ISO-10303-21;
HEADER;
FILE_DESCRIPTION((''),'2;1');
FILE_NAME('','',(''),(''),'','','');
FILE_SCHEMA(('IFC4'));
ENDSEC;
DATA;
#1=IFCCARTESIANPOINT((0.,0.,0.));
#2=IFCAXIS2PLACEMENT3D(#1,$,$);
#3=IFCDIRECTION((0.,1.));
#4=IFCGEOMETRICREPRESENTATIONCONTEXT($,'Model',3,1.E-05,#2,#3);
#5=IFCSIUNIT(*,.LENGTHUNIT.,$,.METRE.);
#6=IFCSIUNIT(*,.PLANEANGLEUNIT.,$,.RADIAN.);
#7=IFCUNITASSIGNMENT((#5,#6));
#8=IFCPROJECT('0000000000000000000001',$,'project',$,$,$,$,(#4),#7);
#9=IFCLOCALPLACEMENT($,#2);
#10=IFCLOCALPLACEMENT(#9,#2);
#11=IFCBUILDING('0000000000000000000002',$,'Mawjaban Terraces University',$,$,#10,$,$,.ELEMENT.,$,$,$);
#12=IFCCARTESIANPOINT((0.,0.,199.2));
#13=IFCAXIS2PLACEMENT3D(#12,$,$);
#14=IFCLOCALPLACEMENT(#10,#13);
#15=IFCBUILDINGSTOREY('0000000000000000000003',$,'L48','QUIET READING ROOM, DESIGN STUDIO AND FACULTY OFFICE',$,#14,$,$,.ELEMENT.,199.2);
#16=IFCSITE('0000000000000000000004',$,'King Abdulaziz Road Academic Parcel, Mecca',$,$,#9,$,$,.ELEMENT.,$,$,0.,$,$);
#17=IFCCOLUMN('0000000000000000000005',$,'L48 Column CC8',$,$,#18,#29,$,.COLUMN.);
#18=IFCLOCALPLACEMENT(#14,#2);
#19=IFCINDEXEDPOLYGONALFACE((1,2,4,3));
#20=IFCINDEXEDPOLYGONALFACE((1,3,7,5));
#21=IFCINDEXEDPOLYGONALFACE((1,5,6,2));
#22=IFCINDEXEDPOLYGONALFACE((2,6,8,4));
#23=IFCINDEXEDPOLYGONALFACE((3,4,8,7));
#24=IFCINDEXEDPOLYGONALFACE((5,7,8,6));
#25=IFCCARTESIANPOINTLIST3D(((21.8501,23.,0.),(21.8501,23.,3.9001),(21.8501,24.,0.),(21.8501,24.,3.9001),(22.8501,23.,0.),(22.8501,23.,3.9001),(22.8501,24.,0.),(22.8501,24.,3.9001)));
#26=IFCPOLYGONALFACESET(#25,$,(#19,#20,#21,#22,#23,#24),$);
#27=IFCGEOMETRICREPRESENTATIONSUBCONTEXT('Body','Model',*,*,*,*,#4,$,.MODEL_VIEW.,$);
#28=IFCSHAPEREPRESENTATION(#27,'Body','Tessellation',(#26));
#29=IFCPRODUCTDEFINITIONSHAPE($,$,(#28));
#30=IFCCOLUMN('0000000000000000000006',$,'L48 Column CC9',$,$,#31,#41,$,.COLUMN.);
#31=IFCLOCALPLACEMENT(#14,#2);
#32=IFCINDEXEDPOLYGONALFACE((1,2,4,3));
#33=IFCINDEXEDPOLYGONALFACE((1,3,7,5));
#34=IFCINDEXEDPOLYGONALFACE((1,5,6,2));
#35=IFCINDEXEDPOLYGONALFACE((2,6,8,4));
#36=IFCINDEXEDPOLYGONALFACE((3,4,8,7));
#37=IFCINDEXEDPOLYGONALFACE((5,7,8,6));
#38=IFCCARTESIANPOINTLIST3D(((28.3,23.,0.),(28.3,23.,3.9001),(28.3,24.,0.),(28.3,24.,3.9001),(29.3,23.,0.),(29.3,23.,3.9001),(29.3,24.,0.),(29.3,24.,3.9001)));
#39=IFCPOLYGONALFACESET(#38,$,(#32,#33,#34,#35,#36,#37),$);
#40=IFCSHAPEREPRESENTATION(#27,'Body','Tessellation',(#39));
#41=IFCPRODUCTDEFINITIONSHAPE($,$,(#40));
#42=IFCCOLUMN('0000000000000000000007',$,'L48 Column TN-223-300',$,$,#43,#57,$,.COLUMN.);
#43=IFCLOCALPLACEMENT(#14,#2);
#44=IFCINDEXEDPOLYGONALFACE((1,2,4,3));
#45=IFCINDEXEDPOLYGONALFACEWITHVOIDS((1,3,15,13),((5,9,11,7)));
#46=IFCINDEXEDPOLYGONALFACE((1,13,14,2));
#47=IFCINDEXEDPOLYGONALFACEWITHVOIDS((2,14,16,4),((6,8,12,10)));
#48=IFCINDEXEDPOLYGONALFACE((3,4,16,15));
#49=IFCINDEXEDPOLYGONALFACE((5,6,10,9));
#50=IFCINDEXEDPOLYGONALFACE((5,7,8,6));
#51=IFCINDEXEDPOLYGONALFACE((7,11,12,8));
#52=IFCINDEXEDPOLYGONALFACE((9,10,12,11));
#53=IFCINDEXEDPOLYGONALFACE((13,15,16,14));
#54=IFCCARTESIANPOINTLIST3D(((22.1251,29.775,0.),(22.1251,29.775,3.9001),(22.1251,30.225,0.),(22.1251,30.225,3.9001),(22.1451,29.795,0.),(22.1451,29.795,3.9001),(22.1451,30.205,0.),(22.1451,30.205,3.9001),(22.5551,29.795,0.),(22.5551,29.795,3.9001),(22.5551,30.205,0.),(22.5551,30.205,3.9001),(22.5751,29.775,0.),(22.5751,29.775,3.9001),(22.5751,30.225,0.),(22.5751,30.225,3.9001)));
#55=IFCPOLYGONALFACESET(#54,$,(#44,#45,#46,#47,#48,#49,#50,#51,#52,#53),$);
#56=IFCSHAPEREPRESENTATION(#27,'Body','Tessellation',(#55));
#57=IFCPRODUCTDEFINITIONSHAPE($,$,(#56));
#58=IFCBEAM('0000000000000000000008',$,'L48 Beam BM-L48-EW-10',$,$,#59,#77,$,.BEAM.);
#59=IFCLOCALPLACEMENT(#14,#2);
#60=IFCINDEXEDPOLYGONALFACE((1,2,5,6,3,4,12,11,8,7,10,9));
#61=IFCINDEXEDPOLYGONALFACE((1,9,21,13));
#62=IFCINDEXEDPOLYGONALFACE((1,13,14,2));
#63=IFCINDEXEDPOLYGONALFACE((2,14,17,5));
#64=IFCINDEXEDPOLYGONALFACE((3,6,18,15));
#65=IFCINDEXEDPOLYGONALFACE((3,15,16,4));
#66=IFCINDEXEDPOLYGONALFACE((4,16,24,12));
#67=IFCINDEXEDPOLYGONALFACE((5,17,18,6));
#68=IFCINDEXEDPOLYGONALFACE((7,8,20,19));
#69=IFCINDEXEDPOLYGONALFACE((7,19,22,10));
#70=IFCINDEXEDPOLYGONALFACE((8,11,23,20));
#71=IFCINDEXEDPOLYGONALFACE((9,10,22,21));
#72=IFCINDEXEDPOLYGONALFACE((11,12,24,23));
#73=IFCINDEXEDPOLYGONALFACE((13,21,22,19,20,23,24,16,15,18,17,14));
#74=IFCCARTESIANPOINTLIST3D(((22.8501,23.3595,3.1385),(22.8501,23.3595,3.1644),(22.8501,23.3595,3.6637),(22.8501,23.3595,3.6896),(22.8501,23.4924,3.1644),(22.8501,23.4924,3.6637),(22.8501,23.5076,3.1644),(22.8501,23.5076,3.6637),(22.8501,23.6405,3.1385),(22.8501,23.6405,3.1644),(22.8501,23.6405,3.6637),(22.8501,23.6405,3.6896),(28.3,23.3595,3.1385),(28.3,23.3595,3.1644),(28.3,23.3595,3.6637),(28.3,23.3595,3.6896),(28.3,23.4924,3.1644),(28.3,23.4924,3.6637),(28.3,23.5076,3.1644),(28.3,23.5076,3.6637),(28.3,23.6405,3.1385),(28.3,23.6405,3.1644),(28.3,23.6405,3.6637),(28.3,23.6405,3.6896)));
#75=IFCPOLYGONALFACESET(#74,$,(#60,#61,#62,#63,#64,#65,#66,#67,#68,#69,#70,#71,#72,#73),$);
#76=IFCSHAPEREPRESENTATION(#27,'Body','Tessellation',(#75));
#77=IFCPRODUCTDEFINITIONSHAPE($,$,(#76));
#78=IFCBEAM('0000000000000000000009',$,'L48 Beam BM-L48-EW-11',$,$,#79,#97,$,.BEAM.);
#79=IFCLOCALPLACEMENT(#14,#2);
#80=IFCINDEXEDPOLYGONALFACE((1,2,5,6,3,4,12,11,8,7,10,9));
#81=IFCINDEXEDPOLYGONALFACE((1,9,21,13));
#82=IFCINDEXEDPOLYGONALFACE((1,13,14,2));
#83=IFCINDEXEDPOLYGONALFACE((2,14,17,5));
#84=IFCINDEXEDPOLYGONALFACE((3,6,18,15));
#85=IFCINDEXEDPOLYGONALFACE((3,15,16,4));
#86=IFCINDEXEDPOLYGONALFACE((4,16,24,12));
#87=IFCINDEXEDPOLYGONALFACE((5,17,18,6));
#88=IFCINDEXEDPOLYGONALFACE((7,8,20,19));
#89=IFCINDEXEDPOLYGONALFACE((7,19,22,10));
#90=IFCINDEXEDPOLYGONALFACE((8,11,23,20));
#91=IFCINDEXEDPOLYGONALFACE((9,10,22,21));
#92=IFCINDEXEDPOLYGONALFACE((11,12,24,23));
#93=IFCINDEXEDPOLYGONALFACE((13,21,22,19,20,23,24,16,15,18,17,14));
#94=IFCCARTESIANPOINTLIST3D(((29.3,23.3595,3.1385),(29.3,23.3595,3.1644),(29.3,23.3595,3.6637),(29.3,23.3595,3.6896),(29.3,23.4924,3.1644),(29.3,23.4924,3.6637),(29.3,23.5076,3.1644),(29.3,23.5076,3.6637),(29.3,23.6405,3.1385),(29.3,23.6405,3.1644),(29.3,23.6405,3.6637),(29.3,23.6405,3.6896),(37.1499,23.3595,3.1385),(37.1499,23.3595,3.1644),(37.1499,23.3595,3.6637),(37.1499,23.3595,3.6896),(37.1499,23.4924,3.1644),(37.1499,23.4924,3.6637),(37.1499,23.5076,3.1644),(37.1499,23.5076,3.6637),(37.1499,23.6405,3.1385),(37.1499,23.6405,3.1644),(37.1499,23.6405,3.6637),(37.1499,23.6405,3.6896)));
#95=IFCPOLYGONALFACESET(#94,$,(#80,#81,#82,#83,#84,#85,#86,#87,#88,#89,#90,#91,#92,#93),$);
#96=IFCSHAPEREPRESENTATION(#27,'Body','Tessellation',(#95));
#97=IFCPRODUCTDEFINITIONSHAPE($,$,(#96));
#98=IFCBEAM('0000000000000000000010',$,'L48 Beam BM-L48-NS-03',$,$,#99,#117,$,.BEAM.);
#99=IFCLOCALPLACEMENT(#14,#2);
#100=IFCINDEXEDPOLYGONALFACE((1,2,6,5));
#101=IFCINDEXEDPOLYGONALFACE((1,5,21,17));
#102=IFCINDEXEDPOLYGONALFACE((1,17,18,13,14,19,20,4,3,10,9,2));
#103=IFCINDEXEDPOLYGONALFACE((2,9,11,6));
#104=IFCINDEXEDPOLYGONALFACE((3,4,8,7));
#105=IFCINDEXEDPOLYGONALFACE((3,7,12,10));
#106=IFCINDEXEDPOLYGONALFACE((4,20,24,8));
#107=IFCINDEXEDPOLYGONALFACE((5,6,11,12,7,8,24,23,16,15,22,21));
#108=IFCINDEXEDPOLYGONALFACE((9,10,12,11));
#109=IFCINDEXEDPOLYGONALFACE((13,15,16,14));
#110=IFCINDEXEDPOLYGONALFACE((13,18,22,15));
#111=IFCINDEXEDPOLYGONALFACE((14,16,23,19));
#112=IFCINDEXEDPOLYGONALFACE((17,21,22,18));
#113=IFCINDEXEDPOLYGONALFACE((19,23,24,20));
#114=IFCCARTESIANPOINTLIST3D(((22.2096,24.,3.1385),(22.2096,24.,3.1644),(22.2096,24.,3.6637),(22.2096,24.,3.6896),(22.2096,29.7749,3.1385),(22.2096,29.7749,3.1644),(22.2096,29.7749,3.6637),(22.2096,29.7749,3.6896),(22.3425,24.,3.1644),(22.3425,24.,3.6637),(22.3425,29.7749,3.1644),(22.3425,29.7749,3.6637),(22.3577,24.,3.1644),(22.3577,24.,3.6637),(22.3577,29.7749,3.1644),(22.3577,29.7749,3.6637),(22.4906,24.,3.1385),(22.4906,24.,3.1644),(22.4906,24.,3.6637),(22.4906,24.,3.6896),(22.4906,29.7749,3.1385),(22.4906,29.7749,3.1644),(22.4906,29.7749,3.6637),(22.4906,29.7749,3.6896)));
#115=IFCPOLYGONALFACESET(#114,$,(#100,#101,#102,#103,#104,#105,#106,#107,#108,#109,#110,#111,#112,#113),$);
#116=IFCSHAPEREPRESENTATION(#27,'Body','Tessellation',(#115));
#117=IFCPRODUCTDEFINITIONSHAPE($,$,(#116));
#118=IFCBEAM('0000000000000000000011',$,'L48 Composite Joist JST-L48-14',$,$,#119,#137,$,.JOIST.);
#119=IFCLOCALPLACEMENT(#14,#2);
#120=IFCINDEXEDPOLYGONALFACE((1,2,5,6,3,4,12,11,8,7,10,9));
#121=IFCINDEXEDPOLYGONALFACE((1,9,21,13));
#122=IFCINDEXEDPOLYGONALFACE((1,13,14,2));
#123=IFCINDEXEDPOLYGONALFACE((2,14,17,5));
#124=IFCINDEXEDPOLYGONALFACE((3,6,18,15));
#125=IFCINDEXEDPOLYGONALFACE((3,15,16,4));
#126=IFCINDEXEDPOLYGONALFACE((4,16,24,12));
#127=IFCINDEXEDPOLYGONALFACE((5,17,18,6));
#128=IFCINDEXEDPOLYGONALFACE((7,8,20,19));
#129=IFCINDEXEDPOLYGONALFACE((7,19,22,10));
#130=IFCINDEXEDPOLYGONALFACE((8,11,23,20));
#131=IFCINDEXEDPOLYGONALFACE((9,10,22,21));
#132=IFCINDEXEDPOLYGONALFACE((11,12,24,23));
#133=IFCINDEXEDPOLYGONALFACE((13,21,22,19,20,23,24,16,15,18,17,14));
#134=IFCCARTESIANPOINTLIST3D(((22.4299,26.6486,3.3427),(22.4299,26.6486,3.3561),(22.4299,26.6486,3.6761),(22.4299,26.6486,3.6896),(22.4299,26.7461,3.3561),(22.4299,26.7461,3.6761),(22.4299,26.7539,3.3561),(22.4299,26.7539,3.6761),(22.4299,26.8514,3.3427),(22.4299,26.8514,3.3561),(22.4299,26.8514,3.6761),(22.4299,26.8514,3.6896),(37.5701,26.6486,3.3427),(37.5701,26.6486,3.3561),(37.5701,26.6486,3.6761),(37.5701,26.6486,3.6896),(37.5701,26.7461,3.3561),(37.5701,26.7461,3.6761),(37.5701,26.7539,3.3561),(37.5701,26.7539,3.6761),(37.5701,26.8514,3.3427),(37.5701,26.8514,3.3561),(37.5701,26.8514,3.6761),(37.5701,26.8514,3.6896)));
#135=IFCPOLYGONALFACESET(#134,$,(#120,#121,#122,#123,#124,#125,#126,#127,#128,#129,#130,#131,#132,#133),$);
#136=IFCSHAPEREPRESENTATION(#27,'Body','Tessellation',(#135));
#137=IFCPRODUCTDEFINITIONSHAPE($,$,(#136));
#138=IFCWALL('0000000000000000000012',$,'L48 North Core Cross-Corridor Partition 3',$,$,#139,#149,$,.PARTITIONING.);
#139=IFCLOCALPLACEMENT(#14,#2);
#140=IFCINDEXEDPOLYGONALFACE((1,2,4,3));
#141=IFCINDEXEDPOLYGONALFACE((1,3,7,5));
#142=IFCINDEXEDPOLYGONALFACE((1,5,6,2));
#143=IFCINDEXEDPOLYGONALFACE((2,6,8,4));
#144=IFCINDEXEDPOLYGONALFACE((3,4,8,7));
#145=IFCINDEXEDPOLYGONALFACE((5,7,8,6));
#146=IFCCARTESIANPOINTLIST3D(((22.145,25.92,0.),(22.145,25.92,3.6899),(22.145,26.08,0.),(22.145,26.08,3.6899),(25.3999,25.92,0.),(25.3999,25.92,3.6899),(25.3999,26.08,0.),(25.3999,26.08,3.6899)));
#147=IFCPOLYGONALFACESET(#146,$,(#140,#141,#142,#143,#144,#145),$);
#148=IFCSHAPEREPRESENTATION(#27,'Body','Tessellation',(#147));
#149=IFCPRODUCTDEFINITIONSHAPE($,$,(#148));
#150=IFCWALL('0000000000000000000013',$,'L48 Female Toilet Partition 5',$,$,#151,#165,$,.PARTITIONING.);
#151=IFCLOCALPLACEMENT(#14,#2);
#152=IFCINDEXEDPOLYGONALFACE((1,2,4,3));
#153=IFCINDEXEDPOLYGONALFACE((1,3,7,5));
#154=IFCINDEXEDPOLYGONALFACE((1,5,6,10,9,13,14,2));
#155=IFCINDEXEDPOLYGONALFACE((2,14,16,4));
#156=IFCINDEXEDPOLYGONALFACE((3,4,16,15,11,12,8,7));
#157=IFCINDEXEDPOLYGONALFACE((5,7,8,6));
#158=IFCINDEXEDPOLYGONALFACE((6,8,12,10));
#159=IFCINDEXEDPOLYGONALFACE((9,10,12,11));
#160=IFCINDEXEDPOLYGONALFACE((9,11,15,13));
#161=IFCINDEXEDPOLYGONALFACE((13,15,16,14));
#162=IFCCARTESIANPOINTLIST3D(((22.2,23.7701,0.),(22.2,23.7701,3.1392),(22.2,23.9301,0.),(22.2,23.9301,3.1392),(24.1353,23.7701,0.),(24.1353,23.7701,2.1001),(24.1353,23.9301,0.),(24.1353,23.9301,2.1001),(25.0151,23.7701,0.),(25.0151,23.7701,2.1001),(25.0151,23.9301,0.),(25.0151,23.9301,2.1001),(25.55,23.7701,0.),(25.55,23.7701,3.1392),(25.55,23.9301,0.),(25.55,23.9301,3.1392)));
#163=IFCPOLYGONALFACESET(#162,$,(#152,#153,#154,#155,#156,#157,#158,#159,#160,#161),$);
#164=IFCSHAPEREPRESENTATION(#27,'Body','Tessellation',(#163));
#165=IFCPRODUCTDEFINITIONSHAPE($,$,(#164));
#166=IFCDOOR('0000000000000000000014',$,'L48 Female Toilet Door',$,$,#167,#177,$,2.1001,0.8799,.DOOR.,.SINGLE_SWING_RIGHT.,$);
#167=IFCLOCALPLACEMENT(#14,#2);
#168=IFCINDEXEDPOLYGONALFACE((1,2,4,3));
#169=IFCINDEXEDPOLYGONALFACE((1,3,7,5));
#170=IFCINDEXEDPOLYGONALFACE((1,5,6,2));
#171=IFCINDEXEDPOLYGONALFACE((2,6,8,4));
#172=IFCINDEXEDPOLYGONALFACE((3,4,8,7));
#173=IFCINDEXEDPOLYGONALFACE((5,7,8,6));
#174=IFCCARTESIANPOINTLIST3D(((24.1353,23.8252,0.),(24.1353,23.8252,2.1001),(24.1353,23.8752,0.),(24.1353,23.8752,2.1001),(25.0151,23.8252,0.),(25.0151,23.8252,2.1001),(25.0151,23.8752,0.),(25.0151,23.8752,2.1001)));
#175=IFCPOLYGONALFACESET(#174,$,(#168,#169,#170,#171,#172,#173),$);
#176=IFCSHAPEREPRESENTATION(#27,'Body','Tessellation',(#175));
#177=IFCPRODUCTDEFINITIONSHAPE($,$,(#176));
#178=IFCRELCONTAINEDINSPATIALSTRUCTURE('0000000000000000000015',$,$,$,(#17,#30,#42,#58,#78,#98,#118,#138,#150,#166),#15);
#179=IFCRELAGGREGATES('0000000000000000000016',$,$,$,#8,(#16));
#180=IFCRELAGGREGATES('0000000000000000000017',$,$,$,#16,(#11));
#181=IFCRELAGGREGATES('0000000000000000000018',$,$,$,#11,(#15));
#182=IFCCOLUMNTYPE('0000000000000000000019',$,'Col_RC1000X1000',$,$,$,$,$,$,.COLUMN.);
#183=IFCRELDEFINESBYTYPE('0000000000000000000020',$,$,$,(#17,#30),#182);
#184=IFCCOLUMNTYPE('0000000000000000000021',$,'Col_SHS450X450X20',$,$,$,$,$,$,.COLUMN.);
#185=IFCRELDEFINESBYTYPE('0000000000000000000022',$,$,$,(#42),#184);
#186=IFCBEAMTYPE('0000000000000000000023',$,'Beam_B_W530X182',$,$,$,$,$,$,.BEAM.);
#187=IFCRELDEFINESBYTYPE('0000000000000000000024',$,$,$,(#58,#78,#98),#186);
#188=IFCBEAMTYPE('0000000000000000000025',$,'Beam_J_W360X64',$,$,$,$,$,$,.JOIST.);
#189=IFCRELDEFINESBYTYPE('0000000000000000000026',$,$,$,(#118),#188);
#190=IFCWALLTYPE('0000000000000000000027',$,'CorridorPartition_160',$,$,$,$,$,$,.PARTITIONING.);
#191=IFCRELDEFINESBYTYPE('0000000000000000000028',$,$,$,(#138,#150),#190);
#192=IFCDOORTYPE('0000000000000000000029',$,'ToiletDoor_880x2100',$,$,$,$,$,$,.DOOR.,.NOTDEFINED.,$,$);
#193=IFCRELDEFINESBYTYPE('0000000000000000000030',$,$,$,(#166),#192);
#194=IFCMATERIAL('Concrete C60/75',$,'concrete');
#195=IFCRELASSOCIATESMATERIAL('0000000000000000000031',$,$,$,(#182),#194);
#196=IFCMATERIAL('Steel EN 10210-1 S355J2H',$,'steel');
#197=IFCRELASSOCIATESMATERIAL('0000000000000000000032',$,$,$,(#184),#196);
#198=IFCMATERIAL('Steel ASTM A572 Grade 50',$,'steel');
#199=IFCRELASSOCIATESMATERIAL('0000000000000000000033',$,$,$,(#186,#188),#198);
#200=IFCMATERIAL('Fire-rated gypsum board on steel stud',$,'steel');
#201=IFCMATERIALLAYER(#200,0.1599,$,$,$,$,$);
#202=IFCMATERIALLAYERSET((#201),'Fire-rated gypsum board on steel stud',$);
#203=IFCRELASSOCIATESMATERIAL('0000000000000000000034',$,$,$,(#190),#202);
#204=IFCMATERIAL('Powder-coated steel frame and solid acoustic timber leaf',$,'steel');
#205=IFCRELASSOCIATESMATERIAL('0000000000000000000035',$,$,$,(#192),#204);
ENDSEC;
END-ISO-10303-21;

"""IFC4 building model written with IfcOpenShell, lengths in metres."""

from ifc_helpers import new_model, si_unit, direction, frame, frame_2d, origin, origin_2d, place, context, subcontext, project, spatial, rectangle, hollow_rectangle, i_section, extrude, material, layer, layer_set, material_profile, profile_set, type_object, element, fill, save


model = new_model("IFC4")

# Units and contexts
model_context = context("Model", 3, precision=1e-05, world=origin(), true_north=direction((0.0, 1.0)))
body_context = subcontext(model_context, "Body", "Model", "MODEL_VIEW")
ifc_project = project(units=[si_unit("LENGTHUNIT", "METRE"), si_unit("PLANEANGLEUNIT", "RADIAN")], contexts=[model_context])

# Site, building, storey
site_placement = place(None, origin())
site = spatial("IfcSite", under=ifc_project, at=site_placement, Name="King Abdulaziz Road Academic Parcel, Mecca", CompositionType="ELEMENT", RefElevation=0.0)
building_placement = place(site_placement, origin())
building = spatial("IfcBuilding", under=site, at=building_placement, Name="Mawjaban Terraces University", CompositionType="ELEMENT")
storey_placement = place(building_placement, frame((0.0, 0.0, 199.2)))
storey = spatial("IfcBuildingStorey", under=building, at=storey_placement, Name="L48", Description="QUIET READING ROOM, DESIGN STUDIO AND FACULTY OFFICE", CompositionType="ELEMENT", Elevation=199.2)

# Columns
ifc_material_1 = material(Name="Concrete C60/75", Category="concrete")
ifc_material_profile_1 = material_profile(ifc_material_1, rectangle(XDim=1.0, YDim=1.0, at=origin_2d()), Name="RC1000X1000")
ifc_profile_set_1 = profile_set([ifc_material_profile_1], Name="Concrete C60/75")
column_type_1 = type_object("IfcColumnType", Name="Col_RC1000X1000", PredefinedType="COLUMN", material=ifc_profile_set_1)
for number, where, z_axis, x_axis, name in (
    (1, (22.3501, 23.5, 0.0), (0.0, 0.0, 1.0), (1.0, 0.0, 0.0), "L48 Column CC8"),
    (2, (28.8, 23.5, 0.0), (0.0, 0.0, 1.0), (1.0, 0.0, 0.0), "L48 Column CC9"),
):
    element("IfcColumn", number, at=place(storey_placement, frame(where, z_axis=z_axis, x_axis=x_axis)), inside=storey, type_object=column_type_1, Name=name, PredefinedType="COLUMN", context=body_context, shape_type="SweptSolid", body=[
        extrude(rectangle(XDim=1.0, YDim=1.0, at=origin_2d()), origin(), (0.0, 0.0, 1.0), 3.9001),
    ])
ifc_material_2 = material(Name="Steel EN 10210-1 S355J2H", Category="steel")
ifc_material_profile_2 = material_profile(ifc_material_2, hollow_rectangle(XDim=0.45, YDim=0.45, WallThickness=0.02, at=origin_2d()), Name="SHS450X450X20")
ifc_profile_set_2 = profile_set([ifc_material_profile_2], Name="Steel EN 10210-1 S355J2H")
column_type_2 = type_object("IfcColumnType", Name="Col_SHS450X450X20", PredefinedType="COLUMN", material=ifc_profile_set_2)
column_placement = place(storey_placement, frame((22.3501, 30.0, 0.0), z_axis=(0.0, 0.0, 1.0), x_axis=(1.0, 0.0, 0.0)))
element("IfcColumn", 3, at=column_placement, inside=storey, type_object=column_type_2, Name="L48 Column TN-223-300", PredefinedType="COLUMN", context=body_context, shape_type="SweptSolid", body=[
    extrude(hollow_rectangle(XDim=0.45, YDim=0.45, WallThickness=0.02, at=origin_2d()), origin(), (0.0, 0.0, 1.0), 3.9001),
])

# Beams
ifc_material_3 = material(Name="Steel ASTM A572 Grade 50", Category="steel")
ifc_material_profile_3 = material_profile(ifc_material_3, i_section(OverallWidth=0.281, OverallDepth=0.551, WebThickness=0.0151, FlangeThickness=0.0259, at=origin_2d()), Name="W530X182")
ifc_profile_set_3 = profile_set([ifc_material_profile_3], Name="Steel ASTM A572 Grade 50")
beam_type_1 = type_object("IfcBeamType", Name="Beam_B_W530X182", PredefinedType="BEAM", material=ifc_profile_set_3)
beam_1_placement = place(storey_placement, frame((22.8501, 23.5, 3.4141), z_axis=(1.0, 0.0, 0.0), x_axis=(0.0, 1.0, 0.0)))
element("IfcBeam", 4, at=beam_1_placement, inside=storey, type_object=beam_type_1, Name="L48 Beam BM-L48-EW-10", PredefinedType="BEAM", context=body_context, shape_type="SweptSolid", body=[
    extrude(i_section(OverallWidth=0.281, OverallDepth=0.551, WebThickness=0.0151, FlangeThickness=0.0259, at=origin_2d()), origin(), (0.0, 0.0, 1.0), 5.45),
])
beam_2_placement = place(storey_placement, frame((29.3, 23.5, 3.4141), z_axis=(1.0, 0.0, 0.0), x_axis=(0.0, 1.0, 0.0)))
element("IfcBeam", 5, at=beam_2_placement, inside=storey, type_object=beam_type_1, Name="L48 Beam BM-L48-EW-11", PredefinedType="BEAM", context=body_context, shape_type="SweptSolid", body=[
    extrude(i_section(OverallWidth=0.281, OverallDepth=0.551, WebThickness=0.0151, FlangeThickness=0.0259, at=origin_2d()), origin(), (0.0, 0.0, 1.0), 7.8499),
])
beam_3_placement = place(storey_placement, frame((22.3501, 24.0, 3.4141), z_axis=(0.0, 1.0, 0.0), x_axis=(-1.0, 0.0, 0.0)))
element("IfcBeam", 6, at=beam_3_placement, inside=storey, type_object=beam_type_1, Name="L48 Beam BM-L48-NS-03", PredefinedType="BEAM", context=body_context, shape_type="SweptSolid", body=[
    extrude(i_section(OverallWidth=0.281, OverallDepth=0.551, WebThickness=0.0151, FlangeThickness=0.0259, at=origin_2d()), origin(), (0.0, 0.0, 1.0), 5.7749),
])
ifc_material_profile_4 = material_profile(ifc_material_3, i_section(OverallWidth=0.2029, OverallDepth=0.3469, WebThickness=0.0078, FlangeThickness=0.0134, at=origin_2d()), Name="W360X64")
ifc_profile_set_4 = profile_set([ifc_material_profile_4], Name="Steel ASTM A572 Grade 50")
beam_type_2 = type_object("IfcBeamType", Name="Beam_J_W360X64", PredefinedType="JOIST", material=ifc_profile_set_4)
beam_4_placement = place(storey_placement, frame((22.4299, 26.75, 3.5161), z_axis=(1.0, 0.0, 0.0), x_axis=(0.0, 1.0, 0.0)))
element("IfcBeam", 7, at=beam_4_placement, inside=storey, type_object=beam_type_2, Name="L48 Composite Joist JST-L48-14", PredefinedType="JOIST", context=body_context, shape_type="SweptSolid", body=[
    extrude(i_section(OverallWidth=0.2029, OverallDepth=0.3469, WebThickness=0.0078, FlangeThickness=0.0134, at=origin_2d()), origin(), (0.0, 0.0, 1.0), 15.1401),
])

# Wall
ifc_material_4 = material(Name="Fire-rated gypsum board on steel stud", Category="steel")
ifc_layer_1 = layer(ifc_material_4, 0.1599)
ifc_layer_set_1 = layer_set([ifc_layer_1], Name="Fire-rated gypsum board on steel stud")
wall_type_1 = type_object("IfcWallType", Name="CorridorPartition_160", PredefinedType="PARTITIONING", material=ifc_layer_set_1)
wall_1_placement = place(storey_placement, frame((25.3999, 26.0, 0.0), z_axis=(0.0, 0.0, 1.0), x_axis=(-1.0, 0.0, 0.0)))
element("IfcWall", 8, at=wall_1_placement, inside=storey, type_object=wall_type_1, Name="L48 North Core Cross-Corridor Partition 3", PredefinedType="PARTITIONING", context=body_context, shape_type="SweptSolid", body=[
    extrude(rectangle(XDim=3.2549, YDim=0.1599, at=frame_2d((1.6274, 0.0))), origin(), (0.0, 0.0, 1.0), 3.6899),
])

# Wall, opening, door
wall_2_placement = place(storey_placement, frame((25.55, 23.8501, 0.0), z_axis=(0.0, 0.0, 1.0), x_axis=(-1.0, 0.0, 0.0)))
wall_2 = element("IfcWall", 9, at=wall_2_placement, inside=storey, type_object=wall_type_1, Name="L48 Female Toilet Partition 5", PredefinedType="PARTITIONING", context=body_context, shape_type="SweptSolid", body=[
    extrude(rectangle(XDim=3.3501, YDim=0.1599, at=frame_2d((1.675, 0.0))), origin(), (0.0, 0.0, 1.0), 3.1392),
])
opening_1_placement = place(wall_2_placement, frame((0.5349, 0.0, 0.0)))
opening_1 = element("IfcOpeningElement", 10, at=opening_1_placement, cuts=wall_2, PredefinedType="OPENING", context=body_context, shape_type="SweptSolid", body=[
    extrude(rectangle(XDim=0.8799, YDim=2.1001, at=frame_2d((0.4399, 1.05))), frame((0.0, 0.0898, 0.0), z_axis=(0.0, -1.0, 0.0), x_axis=(1.0, 0.0, 0.0)), (0.0, 0.0, 1.0), 0.1799),
])
ifc_material_5 = material(Name="Powder-coated steel frame and solid acoustic timber leaf", Category="steel")
door_type_1 = type_object("IfcDoorType", Name="ToiletDoor_880x2100", OperationType="NOTDEFINED", PredefinedType="DOOR", material=ifc_material_5)
door_1_placement = place(opening_1_placement, origin())
door_1 = element("IfcDoor", 11, at=door_1_placement, inside=storey, type_object=door_type_1, Name="L48 Female Toilet Door", OperationType="SINGLE_SWING_RIGHT", OverallHeight=2.1001, OverallWidth=0.8799, PredefinedType="DOOR", context=body_context, shape_type="SweptSolid", body=[
    extrude(rectangle(XDim=0.8799, YDim=2.1001, at=frame_2d((0.4399, 1.05))), frame((0.0, 0.0249, 0.0), z_axis=(0.0, -1.0, 0.0), x_axis=(1.0, 0.0, 0.0)), (0.0, 0.0, 1.0), 0.05),
])
fill(opening_1, door_1)

save(model, "model.ifc")
